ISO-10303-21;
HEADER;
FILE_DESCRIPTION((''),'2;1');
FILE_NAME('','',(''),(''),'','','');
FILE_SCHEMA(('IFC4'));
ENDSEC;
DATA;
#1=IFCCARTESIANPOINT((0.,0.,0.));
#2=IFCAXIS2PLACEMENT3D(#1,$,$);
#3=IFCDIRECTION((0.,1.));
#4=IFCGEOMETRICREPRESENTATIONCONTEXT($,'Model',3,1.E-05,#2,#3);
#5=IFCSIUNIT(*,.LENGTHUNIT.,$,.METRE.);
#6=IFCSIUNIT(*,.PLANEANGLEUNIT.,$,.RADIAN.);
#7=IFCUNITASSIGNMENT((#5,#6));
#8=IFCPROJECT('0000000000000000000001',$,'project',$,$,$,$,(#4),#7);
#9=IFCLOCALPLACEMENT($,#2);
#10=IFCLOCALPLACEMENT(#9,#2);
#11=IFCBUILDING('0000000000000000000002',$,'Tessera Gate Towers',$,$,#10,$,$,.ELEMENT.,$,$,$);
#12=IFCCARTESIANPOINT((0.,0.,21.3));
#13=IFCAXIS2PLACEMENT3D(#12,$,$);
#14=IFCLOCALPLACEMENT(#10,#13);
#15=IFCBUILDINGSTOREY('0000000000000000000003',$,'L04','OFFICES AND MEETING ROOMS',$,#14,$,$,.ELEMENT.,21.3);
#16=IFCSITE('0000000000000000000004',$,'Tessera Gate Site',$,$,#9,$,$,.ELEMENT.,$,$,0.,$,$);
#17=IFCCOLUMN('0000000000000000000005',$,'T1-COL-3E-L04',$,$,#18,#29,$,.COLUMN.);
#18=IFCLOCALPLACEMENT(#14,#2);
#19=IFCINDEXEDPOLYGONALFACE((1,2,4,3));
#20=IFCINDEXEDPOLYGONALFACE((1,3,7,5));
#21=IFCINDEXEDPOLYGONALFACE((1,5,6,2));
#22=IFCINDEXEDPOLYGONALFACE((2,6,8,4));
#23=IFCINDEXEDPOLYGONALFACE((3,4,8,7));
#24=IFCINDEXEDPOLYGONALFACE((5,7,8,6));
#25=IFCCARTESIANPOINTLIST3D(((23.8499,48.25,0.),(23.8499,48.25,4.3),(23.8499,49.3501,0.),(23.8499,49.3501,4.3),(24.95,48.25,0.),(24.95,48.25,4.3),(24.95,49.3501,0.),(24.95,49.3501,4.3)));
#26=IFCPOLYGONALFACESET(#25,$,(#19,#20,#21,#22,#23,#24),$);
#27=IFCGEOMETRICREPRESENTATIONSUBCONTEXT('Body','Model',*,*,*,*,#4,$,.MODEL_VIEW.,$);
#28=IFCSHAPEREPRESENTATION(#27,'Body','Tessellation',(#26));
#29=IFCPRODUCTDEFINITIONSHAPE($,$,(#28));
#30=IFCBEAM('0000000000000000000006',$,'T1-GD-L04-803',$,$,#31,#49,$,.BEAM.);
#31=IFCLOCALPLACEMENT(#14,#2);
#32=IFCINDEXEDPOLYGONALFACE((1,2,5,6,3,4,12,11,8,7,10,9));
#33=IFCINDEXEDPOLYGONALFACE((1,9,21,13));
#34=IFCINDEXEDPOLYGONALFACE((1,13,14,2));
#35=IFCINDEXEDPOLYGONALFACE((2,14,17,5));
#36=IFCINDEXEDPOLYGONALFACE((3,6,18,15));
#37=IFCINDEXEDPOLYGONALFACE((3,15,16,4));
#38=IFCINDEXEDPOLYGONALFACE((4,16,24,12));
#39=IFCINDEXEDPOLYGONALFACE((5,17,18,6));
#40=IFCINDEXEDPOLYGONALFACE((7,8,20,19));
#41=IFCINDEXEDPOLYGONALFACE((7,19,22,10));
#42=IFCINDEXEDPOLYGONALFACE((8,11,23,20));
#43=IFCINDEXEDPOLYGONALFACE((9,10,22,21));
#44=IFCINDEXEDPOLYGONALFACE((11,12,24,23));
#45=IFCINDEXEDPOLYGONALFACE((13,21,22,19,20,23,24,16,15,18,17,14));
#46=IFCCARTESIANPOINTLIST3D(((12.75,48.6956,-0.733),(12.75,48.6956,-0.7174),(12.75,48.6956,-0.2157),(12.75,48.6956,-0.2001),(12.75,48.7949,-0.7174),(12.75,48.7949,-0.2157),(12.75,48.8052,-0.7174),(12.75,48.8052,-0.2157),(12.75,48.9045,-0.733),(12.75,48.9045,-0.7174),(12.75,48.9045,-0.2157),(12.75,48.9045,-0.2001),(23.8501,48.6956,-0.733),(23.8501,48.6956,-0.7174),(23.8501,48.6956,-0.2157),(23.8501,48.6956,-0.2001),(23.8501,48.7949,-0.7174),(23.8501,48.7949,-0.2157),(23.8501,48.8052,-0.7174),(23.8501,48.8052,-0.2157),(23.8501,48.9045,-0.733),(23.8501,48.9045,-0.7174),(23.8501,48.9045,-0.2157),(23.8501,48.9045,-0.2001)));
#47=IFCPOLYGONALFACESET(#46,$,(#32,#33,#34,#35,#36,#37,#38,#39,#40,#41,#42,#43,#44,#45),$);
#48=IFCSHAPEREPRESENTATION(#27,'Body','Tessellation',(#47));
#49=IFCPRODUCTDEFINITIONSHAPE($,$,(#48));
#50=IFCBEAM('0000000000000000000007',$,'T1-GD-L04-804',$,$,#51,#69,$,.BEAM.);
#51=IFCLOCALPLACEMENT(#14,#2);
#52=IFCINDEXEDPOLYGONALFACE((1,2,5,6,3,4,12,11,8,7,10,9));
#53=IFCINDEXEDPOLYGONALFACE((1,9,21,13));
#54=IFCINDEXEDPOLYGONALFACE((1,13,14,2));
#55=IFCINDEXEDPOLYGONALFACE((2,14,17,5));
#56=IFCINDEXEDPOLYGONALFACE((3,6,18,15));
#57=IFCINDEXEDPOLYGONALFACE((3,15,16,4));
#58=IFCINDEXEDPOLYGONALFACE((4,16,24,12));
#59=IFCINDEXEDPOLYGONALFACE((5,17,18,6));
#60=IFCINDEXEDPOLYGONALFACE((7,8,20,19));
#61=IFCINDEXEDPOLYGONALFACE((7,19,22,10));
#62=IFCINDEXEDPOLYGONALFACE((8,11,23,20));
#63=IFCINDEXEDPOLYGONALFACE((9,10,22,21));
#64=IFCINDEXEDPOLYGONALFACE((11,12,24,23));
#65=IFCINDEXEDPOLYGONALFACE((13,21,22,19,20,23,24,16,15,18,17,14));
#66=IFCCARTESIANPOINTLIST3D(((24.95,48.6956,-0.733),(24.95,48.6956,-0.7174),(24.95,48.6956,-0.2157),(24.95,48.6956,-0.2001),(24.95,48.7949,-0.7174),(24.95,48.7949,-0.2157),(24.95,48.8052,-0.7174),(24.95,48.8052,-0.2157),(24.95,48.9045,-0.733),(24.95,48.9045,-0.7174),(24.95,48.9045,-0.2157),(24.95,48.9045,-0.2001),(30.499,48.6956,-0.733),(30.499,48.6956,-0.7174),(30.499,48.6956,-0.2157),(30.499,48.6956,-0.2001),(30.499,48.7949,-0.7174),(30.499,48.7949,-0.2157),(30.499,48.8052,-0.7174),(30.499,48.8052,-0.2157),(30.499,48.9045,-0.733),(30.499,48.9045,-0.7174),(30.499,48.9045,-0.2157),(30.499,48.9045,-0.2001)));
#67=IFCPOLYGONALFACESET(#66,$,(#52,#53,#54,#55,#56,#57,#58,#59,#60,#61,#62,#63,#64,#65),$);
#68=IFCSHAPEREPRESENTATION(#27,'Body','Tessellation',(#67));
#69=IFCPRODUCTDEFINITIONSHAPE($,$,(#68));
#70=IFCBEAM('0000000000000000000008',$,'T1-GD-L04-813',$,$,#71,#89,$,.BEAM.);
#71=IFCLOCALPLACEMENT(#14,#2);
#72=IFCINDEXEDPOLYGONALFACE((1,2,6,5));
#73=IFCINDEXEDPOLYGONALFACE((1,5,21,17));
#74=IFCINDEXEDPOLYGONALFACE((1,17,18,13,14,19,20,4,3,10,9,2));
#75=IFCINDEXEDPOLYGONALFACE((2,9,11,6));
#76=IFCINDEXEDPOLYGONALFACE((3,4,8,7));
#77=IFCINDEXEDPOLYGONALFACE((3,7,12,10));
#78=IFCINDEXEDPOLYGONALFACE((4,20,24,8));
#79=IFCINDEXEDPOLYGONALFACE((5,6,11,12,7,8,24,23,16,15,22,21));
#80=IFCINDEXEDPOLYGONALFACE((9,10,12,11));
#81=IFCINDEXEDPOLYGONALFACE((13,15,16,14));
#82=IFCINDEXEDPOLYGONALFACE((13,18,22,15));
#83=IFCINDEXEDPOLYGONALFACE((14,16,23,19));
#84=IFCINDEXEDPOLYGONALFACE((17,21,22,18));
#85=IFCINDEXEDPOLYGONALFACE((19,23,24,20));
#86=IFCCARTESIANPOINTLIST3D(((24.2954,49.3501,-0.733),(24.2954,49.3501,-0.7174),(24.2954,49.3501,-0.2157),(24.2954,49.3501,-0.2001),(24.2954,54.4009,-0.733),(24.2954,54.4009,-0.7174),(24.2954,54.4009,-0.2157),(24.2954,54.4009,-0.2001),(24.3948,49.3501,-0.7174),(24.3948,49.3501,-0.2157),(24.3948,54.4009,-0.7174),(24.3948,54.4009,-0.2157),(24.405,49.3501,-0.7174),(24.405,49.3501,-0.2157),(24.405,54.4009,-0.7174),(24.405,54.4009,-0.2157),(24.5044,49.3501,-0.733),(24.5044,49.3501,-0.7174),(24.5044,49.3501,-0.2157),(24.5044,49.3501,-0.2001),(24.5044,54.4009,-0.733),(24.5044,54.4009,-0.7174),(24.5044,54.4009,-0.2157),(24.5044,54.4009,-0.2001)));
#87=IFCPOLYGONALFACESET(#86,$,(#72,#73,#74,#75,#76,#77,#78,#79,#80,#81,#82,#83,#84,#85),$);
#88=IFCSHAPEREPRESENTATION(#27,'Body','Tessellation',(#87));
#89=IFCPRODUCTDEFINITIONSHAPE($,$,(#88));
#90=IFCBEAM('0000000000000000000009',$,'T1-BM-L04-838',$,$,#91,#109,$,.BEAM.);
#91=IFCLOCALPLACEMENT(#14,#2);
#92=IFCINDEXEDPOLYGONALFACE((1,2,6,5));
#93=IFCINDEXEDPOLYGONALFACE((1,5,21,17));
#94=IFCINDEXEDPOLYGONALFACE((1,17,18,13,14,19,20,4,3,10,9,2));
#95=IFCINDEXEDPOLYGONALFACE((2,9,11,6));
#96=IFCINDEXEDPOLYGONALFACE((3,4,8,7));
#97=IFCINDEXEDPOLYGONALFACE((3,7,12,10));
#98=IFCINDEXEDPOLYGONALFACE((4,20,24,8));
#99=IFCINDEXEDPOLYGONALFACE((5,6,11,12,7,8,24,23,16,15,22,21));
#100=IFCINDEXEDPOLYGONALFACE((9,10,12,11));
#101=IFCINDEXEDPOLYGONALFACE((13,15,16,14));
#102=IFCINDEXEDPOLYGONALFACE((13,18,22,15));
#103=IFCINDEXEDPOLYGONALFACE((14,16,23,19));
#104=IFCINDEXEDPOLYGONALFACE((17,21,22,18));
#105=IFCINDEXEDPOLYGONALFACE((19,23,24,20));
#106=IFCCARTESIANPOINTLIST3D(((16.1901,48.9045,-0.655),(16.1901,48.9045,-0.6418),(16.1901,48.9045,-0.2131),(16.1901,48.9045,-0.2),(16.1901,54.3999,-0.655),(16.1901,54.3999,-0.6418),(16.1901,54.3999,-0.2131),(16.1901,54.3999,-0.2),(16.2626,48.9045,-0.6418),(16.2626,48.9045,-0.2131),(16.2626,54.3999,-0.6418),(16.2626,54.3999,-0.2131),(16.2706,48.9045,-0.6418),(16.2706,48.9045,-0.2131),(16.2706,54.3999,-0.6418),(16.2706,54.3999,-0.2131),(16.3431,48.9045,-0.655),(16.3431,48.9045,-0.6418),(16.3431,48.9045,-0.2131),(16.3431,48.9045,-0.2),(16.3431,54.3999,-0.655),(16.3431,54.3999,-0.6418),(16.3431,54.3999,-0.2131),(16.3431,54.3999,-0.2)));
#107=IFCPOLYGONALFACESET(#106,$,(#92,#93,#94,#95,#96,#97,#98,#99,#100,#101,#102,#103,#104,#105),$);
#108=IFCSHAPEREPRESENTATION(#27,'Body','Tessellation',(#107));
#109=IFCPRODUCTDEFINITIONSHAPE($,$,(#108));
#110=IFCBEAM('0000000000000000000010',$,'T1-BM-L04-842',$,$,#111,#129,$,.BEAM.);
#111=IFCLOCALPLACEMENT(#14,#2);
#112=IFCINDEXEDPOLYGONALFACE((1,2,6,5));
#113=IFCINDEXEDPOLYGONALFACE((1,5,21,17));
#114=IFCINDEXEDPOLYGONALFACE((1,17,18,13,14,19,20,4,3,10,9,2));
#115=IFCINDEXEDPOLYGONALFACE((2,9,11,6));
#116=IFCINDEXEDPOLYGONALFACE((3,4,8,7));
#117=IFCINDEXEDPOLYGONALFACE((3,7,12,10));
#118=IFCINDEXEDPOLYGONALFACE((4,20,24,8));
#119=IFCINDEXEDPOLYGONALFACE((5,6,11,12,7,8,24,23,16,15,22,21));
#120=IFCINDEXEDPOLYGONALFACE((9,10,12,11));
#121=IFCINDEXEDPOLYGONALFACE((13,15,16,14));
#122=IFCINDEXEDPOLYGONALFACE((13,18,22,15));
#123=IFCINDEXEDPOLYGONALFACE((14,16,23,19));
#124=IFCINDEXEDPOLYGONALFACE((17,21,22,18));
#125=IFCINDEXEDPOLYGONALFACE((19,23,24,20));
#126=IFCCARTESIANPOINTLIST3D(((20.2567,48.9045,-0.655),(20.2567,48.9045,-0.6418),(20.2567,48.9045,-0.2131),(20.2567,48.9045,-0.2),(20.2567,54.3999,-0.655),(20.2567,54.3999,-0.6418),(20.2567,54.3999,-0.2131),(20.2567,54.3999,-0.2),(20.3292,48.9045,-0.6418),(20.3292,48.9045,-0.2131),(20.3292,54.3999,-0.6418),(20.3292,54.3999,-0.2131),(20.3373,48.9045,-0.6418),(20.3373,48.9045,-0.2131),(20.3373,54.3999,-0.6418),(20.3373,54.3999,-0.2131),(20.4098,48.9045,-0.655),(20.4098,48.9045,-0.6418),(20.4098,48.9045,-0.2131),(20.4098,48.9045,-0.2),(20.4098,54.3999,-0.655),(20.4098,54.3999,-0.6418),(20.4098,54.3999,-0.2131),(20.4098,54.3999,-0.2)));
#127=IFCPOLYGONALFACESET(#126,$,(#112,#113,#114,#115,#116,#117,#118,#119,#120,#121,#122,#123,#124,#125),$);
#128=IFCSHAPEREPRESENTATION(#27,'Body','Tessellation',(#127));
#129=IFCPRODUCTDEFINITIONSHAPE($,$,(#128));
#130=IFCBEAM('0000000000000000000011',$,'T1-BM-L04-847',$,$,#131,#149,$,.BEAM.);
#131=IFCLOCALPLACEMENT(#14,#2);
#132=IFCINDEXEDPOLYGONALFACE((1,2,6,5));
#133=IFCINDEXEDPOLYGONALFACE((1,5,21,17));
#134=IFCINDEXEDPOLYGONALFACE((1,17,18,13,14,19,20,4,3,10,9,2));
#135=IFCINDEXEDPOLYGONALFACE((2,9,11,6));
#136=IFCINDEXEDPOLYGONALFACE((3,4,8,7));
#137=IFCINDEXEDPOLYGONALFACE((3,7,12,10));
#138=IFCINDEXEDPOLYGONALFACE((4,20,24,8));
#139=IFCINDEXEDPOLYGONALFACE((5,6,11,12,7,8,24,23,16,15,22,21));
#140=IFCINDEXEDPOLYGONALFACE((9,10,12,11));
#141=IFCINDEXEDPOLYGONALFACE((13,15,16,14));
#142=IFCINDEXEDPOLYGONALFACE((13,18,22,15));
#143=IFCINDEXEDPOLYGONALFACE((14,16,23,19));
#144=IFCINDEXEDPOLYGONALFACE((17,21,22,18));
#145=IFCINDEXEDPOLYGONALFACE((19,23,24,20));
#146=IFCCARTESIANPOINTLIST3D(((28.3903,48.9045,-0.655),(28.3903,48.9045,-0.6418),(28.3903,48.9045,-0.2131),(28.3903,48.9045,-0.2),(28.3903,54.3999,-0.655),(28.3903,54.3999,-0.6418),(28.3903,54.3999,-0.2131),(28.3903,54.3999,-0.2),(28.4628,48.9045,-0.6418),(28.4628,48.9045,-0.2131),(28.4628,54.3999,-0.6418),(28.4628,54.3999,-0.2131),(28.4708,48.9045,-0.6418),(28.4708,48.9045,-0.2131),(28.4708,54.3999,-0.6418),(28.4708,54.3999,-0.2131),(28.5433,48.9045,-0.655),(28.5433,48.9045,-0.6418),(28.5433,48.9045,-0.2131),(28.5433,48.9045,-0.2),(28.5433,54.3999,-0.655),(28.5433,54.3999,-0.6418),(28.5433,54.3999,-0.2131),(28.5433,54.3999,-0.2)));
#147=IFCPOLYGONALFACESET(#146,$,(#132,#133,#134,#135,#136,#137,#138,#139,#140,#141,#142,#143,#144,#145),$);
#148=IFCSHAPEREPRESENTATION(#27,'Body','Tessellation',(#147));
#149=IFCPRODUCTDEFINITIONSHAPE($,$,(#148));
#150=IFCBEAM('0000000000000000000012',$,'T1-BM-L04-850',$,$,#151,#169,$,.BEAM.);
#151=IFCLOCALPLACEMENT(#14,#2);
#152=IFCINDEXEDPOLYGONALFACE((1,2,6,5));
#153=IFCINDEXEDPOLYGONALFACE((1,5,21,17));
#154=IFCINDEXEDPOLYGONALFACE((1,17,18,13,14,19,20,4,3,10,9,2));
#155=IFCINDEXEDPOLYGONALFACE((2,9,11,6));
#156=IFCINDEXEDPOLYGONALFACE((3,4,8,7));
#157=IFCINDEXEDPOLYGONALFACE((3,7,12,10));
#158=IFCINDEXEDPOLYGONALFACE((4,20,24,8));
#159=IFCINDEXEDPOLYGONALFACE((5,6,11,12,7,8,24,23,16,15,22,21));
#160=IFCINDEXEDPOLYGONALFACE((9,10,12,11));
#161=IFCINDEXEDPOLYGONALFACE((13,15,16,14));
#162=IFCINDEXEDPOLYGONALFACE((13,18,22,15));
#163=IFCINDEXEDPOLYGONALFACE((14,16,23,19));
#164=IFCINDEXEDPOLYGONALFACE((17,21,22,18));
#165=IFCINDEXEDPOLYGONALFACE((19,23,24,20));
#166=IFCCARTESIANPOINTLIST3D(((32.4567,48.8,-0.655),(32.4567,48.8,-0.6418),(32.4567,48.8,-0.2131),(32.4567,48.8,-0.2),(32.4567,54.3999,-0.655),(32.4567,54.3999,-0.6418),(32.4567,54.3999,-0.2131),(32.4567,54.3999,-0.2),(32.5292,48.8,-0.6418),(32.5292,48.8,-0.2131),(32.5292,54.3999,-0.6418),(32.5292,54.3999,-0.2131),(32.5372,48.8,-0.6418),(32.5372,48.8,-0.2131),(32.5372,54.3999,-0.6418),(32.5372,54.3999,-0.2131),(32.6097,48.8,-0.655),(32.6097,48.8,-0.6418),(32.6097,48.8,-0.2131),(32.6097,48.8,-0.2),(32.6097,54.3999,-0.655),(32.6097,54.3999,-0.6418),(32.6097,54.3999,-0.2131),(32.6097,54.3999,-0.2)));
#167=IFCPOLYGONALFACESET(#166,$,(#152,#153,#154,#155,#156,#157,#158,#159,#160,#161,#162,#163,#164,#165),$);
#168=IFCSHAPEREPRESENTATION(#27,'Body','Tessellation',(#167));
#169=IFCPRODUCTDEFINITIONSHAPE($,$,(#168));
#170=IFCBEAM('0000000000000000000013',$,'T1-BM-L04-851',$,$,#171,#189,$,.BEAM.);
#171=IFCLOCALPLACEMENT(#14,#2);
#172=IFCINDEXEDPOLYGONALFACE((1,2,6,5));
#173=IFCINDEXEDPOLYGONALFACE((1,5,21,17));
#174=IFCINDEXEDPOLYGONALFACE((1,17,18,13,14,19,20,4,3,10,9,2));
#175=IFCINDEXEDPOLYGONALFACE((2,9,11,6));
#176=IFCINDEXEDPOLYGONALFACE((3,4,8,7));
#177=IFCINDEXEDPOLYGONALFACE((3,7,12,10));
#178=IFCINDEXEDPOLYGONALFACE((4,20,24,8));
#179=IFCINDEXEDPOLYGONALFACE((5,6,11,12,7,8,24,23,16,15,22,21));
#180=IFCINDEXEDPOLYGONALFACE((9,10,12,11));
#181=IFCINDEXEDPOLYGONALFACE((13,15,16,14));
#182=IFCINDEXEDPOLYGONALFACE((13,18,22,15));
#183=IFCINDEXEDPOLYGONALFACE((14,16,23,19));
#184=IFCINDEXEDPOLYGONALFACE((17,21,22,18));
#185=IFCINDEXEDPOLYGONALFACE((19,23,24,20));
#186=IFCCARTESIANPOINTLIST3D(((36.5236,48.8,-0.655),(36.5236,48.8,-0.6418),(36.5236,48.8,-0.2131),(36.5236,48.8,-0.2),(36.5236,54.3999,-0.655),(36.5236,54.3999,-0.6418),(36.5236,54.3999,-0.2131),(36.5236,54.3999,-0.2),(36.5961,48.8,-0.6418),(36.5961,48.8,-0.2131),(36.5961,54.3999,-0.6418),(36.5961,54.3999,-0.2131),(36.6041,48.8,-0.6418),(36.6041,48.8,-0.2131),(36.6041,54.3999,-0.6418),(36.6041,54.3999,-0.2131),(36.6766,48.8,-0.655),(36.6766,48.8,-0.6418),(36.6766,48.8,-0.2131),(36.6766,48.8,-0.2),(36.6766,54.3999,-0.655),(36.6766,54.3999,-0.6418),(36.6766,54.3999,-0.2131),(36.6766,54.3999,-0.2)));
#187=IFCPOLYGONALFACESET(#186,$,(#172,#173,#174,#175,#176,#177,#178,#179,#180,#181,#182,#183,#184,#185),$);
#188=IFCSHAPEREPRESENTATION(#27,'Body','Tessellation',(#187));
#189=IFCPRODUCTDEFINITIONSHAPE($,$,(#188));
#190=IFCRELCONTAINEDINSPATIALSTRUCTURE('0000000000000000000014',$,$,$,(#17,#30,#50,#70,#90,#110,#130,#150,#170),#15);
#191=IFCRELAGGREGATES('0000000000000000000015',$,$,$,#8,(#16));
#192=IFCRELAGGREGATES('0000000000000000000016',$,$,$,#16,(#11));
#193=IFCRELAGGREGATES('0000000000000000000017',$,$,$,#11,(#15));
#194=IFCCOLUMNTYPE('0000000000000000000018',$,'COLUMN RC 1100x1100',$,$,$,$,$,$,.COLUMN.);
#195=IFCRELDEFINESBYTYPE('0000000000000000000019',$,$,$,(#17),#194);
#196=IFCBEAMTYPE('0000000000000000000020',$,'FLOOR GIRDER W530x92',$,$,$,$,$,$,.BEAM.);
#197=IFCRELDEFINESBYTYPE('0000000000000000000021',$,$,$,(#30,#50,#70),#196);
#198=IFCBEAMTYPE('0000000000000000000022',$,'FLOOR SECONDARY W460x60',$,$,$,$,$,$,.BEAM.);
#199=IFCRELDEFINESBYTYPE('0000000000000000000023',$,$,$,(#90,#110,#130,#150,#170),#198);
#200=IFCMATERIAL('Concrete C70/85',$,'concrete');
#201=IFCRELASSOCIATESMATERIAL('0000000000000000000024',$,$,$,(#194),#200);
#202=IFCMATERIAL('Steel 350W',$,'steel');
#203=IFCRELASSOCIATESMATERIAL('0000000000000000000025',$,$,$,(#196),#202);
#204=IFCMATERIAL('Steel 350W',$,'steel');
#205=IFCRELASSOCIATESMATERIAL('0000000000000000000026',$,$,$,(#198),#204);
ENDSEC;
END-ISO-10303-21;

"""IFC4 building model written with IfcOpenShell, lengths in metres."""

from ifc_helpers import new_model, si_unit, direction, frame, origin, origin_2d, place, context, subcontext, project, spatial, rectangle, i_section, extrude, material, material_profile, profile_set, type_object, element, save


model = new_model("IFC4")

# Units and contexts
model_context = context("Model", 3, precision=1e-05, world=origin(), true_north=direction((0.0, 1.0)))
body_context = subcontext(model_context, "Body", "Model", "MODEL_VIEW")
ifc_project = project(units=[si_unit("LENGTHUNIT", "METRE"), si_unit("PLANEANGLEUNIT", "RADIAN")], contexts=[model_context])

# Site, building, storey
site_placement = place(None, origin())
site = spatial("IfcSite", under=ifc_project, at=site_placement, Name="Tessera Gate Site", CompositionType="ELEMENT", RefElevation=0.0)
building_placement = place(site_placement, origin())
building = spatial("IfcBuilding", under=site, at=building_placement, Name="Tessera Gate Towers", CompositionType="ELEMENT")
storey_placement = place(building_placement, frame((0.0, 0.0, 21.3)))
storey = spatial("IfcBuildingStorey", under=building, at=storey_placement, Name="L04", Description="OFFICES AND MEETING ROOMS", CompositionType="ELEMENT", Elevation=21.3)

# Column
ifc_material_1 = material(Name="Concrete C70/85", Category="concrete")
ifc_material_profile_1 = material_profile(ifc_material_1, rectangle(XDim=1.1001, YDim=1.1001, at=origin_2d()), Name="RC 1100x1100")
ifc_profile_set_1 = profile_set([ifc_material_profile_1], Name="Concrete C70/85")
column_type = type_object("IfcColumnType", Name="COLUMN RC 1100x1100", PredefinedType="COLUMN", material=ifc_profile_set_1)
column_placement = place(storey_placement, frame((24.3999, 48.8, 0.0), z_axis=(0.0, 0.0, 1.0), x_axis=(1.0, 0.0, 0.0)))
element("IfcColumn", 1, at=column_placement, inside=storey, type_object=column_type, Name="T1-COL-3E-L04", PredefinedType="COLUMN", context=body_context, shape_type="SweptSolid", body=[
    extrude(rectangle(XDim=1.1001, YDim=1.1001, at=origin_2d()), origin(), (0.0, 0.0, 1.0), 4.3),
])

# Beams
ifc_material_2 = material(Name="Steel 350W", Category="steel")
ifc_material_profile_2 = material_profile(ifc_material_2, i_section(OverallWidth=0.209, OverallDepth=0.533, WebThickness=0.0103, FlangeThickness=0.0156, at=origin_2d()), Name="W530x92")
ifc_profile_set_2 = profile_set([ifc_material_profile_2], Name="Steel 350W")
beam_type_1 = type_object("IfcBeamType", Name="FLOOR GIRDER W530x92", PredefinedType="BEAM", material=ifc_profile_set_2)
beam_1_placement = place(storey_placement, frame((12.75, 48.8, -0.4666), z_axis=(1.0, 0.0, 0.0), x_axis=(0.0, 1.0, 0.0)))
element("IfcBeam", 2, at=beam_1_placement, inside=storey, type_object=beam_type_1, Name="T1-GD-L04-803", PredefinedType="BEAM", context=body_context, shape_type="SweptSolid", body=[
    extrude(i_section(OverallWidth=0.209, OverallDepth=0.533, WebThickness=0.0103, FlangeThickness=0.0156, at=origin_2d()), origin(), (0.0, 0.0, 1.0), 11.1001),
])
beam_2_placement = place(storey_placement, frame((24.95, 48.8, -0.4666), z_axis=(1.0, 0.0, 0.0), x_axis=(0.0, 1.0, 0.0)))
element("IfcBeam", 3, at=beam_2_placement, inside=storey, type_object=beam_type_1, Name="T1-GD-L04-804", PredefinedType="BEAM", context=body_context, shape_type="SweptSolid", body=[
    extrude(i_section(OverallWidth=0.209, OverallDepth=0.533, WebThickness=0.0103, FlangeThickness=0.0156, at=origin_2d()), origin(), (0.0, 0.0, 1.0), 5.5491),
])
beam_3_placement = place(storey_placement, frame((24.3999, 49.3501, -0.4666), z_axis=(0.0, 1.0, 0.0), x_axis=(-1.0, 0.0, 0.0)))
element("IfcBeam", 4, at=beam_3_placement, inside=storey, type_object=beam_type_1, Name="T1-GD-L04-813", PredefinedType="BEAM", context=body_context, shape_type="SweptSolid", body=[
    extrude(i_section(OverallWidth=0.209, OverallDepth=0.533, WebThickness=0.0103, FlangeThickness=0.0156, at=origin_2d()), origin(), (0.0, 0.0, 1.0), 5.0508),
])
ifc_material_3 = material(Name="Steel 350W", Category="steel")
ifc_material_profile_3 = material_profile(ifc_material_3, i_section(OverallWidth=0.1531, OverallDepth=0.4551, WebThickness=0.0081, FlangeThickness=0.0132, at=origin_2d()), Name="W460x60")
ifc_profile_set_3 = profile_set([ifc_material_profile_3], Name="Steel 350W")
beam_type_2 = type_object("IfcBeamType", Name="FLOOR SECONDARY W460x60", PredefinedType="BEAM", material=ifc_profile_set_3)
for number, where, z_axis, x_axis, name in (
    (5, (16.2666, 48.9045, -0.4275), (0.0, 1.0, 0.0), (-1.0, 0.0, 0.0), "T1-BM-L04-838"),
    (6, (20.3333, 48.9045, -0.4275), (0.0, 1.0, 0.0), (-1.0, 0.0, 0.0), "T1-BM-L04-842"),
    (7, (28.4668, 48.9045, -0.4275), (0.0, 1.0, 0.0), (-1.0, 0.0, 0.0), "T1-BM-L04-847"),
):
    element("IfcBeam", number, at=place(storey_placement, frame(where, z_axis=z_axis, x_axis=x_axis)), inside=storey, type_object=beam_type_2, Name=name, PredefinedType="BEAM", context=body_context, shape_type="SweptSolid", body=[
        extrude(i_section(OverallWidth=0.1531, OverallDepth=0.4551, WebThickness=0.0081, FlangeThickness=0.0132, at=origin_2d()), origin(), (0.0, 0.0, 1.0), 5.4954),
    ])
for number, where, z_axis, x_axis, name in (
    (8, (32.5332, 48.8, -0.4275), (0.0, 1.0, 0.0), (-1.0, 0.0, 0.0), "T1-BM-L04-850"),
    (9, (36.6001, 48.8, -0.4275), (0.0, 1.0, 0.0), (-1.0, 0.0, 0.0), "T1-BM-L04-851"),
):
    element("IfcBeam", number, at=place(storey_placement, frame(where, z_axis=z_axis, x_axis=x_axis)), inside=storey, type_object=beam_type_2, Name=name, PredefinedType="BEAM", context=body_context, shape_type="SweptSolid", body=[
        extrude(i_section(OverallWidth=0.1531, OverallDepth=0.4551, WebThickness=0.0081, FlangeThickness=0.0132, at=origin_2d()), origin(), (0.0, 0.0, 1.0), 5.5999),
    ])

save(model, "model.ifc")
